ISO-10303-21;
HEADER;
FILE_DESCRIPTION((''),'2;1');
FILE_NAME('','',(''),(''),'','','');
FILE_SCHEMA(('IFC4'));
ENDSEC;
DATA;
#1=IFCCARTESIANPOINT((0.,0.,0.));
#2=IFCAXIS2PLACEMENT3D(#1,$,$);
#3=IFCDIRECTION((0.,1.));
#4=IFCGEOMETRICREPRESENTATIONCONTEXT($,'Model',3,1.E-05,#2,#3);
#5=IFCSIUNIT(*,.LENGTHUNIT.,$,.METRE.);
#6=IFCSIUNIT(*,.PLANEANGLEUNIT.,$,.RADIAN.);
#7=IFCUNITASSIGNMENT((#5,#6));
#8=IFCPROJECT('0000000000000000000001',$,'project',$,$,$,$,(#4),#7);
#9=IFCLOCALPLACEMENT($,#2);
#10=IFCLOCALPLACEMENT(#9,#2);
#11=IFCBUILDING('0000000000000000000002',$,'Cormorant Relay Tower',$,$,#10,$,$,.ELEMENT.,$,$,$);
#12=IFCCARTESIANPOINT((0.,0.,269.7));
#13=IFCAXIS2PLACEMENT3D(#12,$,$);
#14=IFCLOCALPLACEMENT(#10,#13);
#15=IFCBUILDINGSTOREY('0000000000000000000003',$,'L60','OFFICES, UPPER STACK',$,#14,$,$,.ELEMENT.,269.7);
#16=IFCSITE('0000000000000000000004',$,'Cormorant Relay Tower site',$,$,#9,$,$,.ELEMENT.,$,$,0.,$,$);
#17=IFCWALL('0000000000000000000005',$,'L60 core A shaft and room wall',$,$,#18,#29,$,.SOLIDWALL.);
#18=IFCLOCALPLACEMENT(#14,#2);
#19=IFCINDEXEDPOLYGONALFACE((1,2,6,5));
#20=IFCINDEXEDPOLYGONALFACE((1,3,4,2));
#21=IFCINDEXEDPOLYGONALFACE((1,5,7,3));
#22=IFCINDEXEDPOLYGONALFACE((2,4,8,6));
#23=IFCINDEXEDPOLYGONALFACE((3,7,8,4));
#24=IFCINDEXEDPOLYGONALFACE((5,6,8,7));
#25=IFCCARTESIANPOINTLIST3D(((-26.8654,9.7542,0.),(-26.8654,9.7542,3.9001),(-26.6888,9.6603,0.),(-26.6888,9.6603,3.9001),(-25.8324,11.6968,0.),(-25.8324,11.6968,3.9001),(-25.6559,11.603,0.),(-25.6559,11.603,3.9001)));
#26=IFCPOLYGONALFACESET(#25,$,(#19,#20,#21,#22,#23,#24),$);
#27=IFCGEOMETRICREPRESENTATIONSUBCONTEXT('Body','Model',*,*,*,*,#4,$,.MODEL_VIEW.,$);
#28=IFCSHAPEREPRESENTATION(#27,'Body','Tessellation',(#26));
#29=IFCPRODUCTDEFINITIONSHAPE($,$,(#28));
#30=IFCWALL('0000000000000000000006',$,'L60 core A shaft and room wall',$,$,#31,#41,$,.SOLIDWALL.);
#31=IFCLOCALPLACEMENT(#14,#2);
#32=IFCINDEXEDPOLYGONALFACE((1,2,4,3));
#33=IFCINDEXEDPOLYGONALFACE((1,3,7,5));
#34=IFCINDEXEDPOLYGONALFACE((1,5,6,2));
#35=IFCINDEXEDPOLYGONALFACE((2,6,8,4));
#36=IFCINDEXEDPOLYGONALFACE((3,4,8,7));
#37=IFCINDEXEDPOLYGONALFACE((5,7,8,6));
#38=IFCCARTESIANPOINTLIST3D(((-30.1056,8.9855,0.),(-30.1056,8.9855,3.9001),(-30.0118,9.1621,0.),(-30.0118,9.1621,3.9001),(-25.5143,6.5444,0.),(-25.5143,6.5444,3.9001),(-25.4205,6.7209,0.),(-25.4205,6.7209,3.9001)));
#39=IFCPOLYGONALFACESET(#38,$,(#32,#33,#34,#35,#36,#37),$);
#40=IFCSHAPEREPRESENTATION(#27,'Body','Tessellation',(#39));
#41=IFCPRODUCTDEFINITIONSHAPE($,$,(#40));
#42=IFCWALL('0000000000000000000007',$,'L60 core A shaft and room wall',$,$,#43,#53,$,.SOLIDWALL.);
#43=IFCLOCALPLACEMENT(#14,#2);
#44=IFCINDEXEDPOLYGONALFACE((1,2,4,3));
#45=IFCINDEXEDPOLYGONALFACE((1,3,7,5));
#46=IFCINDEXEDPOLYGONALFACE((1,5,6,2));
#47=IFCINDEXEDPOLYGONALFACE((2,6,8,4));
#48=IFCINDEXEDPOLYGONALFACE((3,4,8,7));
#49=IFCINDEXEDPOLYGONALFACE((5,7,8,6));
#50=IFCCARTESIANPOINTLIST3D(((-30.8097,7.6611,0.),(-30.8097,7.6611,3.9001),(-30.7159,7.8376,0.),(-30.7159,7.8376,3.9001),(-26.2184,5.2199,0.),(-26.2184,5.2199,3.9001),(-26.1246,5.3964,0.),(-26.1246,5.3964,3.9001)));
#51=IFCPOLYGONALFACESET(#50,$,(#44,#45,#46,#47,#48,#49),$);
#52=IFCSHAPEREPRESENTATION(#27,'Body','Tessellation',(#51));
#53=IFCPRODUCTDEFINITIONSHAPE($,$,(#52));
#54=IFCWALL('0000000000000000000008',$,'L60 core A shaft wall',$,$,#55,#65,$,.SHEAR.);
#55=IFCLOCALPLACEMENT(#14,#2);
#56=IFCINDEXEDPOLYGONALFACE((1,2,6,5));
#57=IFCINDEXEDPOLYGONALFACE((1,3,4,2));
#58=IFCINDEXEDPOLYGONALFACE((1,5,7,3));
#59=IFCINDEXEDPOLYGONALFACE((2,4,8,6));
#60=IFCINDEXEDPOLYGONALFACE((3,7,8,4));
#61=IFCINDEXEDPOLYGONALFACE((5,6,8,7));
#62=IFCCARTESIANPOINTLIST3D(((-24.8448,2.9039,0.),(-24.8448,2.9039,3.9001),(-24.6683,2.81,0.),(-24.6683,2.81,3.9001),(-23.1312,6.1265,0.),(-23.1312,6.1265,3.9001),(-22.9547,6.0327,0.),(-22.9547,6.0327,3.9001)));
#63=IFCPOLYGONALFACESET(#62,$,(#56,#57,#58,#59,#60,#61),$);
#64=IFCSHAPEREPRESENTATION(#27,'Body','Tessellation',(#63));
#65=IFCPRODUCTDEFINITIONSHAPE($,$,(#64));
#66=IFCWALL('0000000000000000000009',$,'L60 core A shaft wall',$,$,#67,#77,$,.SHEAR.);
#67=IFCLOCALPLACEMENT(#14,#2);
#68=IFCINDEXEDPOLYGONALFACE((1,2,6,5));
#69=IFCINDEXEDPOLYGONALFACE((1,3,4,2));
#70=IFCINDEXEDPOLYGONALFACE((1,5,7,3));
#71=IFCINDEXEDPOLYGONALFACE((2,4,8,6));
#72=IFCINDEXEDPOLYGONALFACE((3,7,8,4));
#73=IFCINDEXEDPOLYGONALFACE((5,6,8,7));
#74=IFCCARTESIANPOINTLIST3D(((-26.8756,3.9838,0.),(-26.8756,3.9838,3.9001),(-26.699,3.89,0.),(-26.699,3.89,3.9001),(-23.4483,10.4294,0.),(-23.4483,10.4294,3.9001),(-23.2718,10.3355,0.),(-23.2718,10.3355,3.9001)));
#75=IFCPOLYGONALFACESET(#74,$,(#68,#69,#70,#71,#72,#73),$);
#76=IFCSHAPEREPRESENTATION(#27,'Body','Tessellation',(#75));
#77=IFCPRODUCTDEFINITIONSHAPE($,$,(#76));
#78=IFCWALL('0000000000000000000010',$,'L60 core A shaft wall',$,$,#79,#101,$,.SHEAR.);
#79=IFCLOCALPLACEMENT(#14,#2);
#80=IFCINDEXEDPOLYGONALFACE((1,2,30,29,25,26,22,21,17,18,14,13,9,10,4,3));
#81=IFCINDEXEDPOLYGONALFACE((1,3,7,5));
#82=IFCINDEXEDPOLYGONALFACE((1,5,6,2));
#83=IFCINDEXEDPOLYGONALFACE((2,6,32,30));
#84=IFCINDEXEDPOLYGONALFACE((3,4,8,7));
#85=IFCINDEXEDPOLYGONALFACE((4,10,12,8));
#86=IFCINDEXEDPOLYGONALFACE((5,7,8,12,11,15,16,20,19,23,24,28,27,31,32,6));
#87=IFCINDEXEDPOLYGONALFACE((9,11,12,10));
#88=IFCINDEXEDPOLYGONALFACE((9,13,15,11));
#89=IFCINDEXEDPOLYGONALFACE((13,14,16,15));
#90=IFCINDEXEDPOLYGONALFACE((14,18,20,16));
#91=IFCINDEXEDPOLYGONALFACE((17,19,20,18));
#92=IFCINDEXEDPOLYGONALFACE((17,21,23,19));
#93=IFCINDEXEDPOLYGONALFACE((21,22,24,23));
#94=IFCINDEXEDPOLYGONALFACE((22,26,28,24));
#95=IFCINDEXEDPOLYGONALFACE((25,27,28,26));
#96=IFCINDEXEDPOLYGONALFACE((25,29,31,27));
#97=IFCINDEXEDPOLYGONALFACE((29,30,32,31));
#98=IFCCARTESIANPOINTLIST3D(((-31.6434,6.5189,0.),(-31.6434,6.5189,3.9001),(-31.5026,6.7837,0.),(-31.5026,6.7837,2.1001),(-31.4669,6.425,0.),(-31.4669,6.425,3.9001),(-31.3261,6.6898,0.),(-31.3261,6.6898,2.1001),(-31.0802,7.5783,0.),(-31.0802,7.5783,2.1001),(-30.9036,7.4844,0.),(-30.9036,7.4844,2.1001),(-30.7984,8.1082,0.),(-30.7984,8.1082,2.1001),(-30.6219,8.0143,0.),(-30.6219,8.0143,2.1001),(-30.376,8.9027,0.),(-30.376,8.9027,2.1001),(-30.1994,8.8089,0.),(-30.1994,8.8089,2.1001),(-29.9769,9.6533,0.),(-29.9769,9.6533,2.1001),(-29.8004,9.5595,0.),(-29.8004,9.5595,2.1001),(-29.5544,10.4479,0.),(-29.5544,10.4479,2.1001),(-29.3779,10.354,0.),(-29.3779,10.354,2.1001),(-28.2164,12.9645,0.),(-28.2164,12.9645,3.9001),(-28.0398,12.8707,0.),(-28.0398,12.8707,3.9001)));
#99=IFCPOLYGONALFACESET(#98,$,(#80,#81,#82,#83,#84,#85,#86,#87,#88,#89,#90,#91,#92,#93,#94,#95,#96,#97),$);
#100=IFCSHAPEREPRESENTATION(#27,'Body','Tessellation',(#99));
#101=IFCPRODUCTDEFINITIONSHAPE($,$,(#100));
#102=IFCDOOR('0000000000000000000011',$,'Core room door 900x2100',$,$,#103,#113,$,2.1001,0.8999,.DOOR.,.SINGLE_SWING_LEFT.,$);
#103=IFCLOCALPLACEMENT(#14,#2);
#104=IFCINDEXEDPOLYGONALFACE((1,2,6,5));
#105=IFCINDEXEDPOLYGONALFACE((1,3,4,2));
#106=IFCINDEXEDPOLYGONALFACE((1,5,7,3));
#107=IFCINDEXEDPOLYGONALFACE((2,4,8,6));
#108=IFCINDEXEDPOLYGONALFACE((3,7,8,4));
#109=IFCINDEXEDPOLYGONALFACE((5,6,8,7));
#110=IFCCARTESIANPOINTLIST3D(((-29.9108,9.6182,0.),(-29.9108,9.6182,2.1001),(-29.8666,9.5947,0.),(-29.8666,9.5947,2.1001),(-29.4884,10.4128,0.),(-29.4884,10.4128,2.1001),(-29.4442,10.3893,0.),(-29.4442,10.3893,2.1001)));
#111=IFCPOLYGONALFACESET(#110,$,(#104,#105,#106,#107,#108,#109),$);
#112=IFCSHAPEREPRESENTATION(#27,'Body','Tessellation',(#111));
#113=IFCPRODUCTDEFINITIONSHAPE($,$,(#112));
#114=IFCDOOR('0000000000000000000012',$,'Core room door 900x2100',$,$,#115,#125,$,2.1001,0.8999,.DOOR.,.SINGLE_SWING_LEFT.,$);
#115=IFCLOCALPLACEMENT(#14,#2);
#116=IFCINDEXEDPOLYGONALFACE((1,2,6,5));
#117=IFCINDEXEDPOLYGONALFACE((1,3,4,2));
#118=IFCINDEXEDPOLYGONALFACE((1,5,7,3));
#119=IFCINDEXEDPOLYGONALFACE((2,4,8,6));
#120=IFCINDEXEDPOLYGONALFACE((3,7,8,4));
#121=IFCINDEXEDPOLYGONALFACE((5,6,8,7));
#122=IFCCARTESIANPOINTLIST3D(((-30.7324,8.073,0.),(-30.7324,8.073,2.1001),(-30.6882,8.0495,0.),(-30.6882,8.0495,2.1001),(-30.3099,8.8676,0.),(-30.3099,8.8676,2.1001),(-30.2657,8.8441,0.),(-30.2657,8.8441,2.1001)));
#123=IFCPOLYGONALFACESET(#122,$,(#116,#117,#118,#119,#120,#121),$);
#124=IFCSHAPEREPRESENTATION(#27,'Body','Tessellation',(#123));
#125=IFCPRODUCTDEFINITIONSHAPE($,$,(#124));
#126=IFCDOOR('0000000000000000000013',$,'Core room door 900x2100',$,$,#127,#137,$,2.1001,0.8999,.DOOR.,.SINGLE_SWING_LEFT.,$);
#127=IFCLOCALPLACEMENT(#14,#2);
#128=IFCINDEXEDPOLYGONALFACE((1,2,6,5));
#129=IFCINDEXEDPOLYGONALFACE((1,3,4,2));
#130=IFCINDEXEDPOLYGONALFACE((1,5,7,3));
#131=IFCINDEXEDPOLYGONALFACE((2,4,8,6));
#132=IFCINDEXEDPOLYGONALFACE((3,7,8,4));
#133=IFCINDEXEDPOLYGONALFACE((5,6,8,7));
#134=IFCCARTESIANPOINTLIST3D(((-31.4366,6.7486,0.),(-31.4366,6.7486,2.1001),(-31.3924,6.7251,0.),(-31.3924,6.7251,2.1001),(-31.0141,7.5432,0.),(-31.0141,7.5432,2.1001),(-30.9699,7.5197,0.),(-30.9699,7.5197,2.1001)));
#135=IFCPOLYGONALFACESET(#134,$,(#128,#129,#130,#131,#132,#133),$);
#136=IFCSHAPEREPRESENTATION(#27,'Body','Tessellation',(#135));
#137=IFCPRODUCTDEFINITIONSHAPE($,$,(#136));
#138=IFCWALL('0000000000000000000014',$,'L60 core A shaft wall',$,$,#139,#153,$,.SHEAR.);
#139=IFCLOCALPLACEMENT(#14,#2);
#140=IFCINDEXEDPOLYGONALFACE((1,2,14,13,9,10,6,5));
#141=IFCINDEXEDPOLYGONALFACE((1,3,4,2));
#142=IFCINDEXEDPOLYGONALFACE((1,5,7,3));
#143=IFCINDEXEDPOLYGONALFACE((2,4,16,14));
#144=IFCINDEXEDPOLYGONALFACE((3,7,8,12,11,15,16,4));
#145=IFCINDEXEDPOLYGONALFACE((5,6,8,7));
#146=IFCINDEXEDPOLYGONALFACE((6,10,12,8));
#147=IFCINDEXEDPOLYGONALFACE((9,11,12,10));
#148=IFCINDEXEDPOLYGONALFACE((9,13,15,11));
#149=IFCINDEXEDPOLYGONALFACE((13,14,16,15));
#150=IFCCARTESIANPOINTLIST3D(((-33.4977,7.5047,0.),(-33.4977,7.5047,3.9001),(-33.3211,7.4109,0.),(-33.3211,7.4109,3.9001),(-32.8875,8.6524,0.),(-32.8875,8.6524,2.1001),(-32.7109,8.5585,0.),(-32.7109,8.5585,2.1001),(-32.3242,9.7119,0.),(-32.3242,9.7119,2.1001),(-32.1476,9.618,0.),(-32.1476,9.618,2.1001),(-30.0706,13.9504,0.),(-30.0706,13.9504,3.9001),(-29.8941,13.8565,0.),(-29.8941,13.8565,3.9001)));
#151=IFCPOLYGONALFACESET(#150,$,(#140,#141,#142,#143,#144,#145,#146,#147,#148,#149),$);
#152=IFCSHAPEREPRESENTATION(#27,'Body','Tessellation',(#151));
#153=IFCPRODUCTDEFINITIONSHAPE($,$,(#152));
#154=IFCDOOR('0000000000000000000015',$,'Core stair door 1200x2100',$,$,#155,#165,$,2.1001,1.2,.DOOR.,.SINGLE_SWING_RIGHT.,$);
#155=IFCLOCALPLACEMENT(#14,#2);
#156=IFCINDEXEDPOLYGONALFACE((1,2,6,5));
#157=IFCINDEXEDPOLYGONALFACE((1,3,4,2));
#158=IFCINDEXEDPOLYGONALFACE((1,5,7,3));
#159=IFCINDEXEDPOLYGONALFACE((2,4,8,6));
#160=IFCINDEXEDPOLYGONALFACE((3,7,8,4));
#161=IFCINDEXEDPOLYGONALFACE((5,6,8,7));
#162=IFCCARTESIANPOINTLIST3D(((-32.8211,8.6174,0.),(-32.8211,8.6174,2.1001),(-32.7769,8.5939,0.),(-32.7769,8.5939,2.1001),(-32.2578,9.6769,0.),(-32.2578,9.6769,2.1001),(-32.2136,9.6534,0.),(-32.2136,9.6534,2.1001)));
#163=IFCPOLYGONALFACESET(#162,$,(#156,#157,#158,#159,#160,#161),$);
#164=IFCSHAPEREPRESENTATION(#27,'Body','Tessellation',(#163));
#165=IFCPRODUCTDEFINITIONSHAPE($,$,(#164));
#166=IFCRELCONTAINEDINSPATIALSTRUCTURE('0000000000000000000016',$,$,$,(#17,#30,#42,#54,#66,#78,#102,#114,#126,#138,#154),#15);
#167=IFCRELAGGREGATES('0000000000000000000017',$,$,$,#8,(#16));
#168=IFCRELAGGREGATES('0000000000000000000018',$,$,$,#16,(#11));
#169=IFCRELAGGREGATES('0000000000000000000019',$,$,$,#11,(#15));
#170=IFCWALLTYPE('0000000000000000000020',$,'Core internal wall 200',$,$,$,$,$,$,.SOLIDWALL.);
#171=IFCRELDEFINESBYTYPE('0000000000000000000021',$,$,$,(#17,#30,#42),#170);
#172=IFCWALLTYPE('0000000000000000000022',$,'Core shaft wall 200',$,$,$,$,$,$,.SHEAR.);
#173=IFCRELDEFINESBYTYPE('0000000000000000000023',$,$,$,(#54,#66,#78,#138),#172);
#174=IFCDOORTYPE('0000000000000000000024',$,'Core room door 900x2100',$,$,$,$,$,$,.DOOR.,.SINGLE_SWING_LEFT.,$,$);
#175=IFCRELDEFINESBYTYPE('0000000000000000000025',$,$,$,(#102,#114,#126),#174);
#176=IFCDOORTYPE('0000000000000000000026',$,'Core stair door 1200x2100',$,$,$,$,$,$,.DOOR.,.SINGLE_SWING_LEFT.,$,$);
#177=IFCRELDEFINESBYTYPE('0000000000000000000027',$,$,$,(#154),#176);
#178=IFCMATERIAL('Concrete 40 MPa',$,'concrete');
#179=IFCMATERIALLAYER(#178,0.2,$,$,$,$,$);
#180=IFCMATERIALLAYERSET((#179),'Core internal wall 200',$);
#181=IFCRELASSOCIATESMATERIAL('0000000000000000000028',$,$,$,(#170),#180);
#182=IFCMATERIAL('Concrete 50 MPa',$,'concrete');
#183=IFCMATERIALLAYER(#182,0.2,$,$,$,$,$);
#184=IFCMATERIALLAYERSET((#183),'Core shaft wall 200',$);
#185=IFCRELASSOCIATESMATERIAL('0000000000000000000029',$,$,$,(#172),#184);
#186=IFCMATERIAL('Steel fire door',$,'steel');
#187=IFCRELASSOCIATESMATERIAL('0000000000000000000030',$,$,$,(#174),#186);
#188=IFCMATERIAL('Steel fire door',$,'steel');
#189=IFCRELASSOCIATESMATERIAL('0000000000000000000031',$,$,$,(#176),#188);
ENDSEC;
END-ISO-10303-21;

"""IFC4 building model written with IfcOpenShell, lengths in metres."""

from ifc_helpers import new_model, si_unit, direction, frame, frame_2d, origin, place, context, subcontext, project, spatial, rectangle, extrude, material, layer, layer_set, type_object, element, fill, save


model = new_model("IFC4")

# Units and contexts
model_context = context("Model", 3, precision=1e-05, world=origin(), true_north=direction((0.0, 1.0)))
body_context = subcontext(model_context, "Body", "Model", "MODEL_VIEW")
ifc_project = project(units=[si_unit("LENGTHUNIT", "METRE"), si_unit("PLANEANGLEUNIT", "RADIAN")], contexts=[model_context])

# Site, building, storey
site_placement = place(None, origin())
site = spatial("IfcSite", under=ifc_project, at=site_placement, Name="Cormorant Relay Tower site", CompositionType="ELEMENT", RefElevation=0.0)
building_placement = place(site_placement, origin())
building = spatial("IfcBuilding", under=site, at=building_placement, Name="Cormorant Relay Tower", CompositionType="ELEMENT")
storey_placement = place(building_placement, frame((0.0, 0.0, 269.7)))
storey = spatial("IfcBuildingStorey", under=building, at=storey_placement, Name="L60", Description="OFFICES, UPPER STACK", CompositionType="ELEMENT", Elevation=269.7)

# Walls
ifc_material_1 = material(Name="Concrete 40 MPa", Category="concrete")
ifc_layer_1 = layer(ifc_material_1, 0.2)
ifc_layer_set_1 = layer_set([ifc_layer_1], Name="Core internal wall 200")
wall_type_1 = type_object("IfcWallType", Name="Core internal wall 200", PredefinedType="SOLIDWALL", material=ifc_layer_set_1)
wall_1_placement = place(storey_placement, frame((-25.7441, 11.6499, 0.0), z_axis=(0.0, 0.0, 1.0), x_axis=(-0.469488, -0.882939, 0.0)))
element("IfcWall", 1, at=wall_1_placement, inside=storey, type_object=wall_type_1, Name="L60 core A shaft and room wall", PredefinedType="SOLIDWALL", context=body_context, shape_type="SweptSolid", body=[
    extrude(rectangle(XDim=2.2002, YDim=0.2, at=frame_2d((1.1001, 0.0))), origin(), (0.0, 0.0, 1.0), 3.9001),
])
for number, where, z_axis, x_axis, name in (
    (2, (-25.4673, 6.6326, 0.0), (0.0, 0.0, 1.0), (-0.882954, 0.46946, 0.0), "L60 core A shaft and room wall"),
    (3, (-26.1714, 5.3081, 0.0), (0.0, 0.0, 1.0), (-0.882954, 0.46946, 0.0), "L60 core A shaft and room wall"),
):
    element("IfcWall", number, at=place(storey_placement, frame(where, z_axis=z_axis, x_axis=x_axis)), inside=storey, type_object=wall_type_1, Name=name, PredefinedType="SOLIDWALL", context=body_context, shape_type="SweptSolid", body=[
        extrude(rectangle(XDim=5.2, YDim=0.2, at=frame_2d((2.6001, 0.0))), origin(), (0.0, 0.0, 1.0), 3.9001),
    ])
ifc_material_2 = material(Name="Concrete 50 MPa", Category="concrete")
ifc_layer_2 = layer(ifc_material_2, 0.2)
ifc_layer_set_2 = layer_set([ifc_layer_2], Name="Core shaft wall 200")
wall_type_2 = type_object("IfcWallType", Name="Core shaft wall 200", PredefinedType="SHEAR", material=ifc_layer_set_2)
wall_2_placement = place(storey_placement, frame((-23.043, 6.0796, 0.0), z_axis=(0.0, 0.0, 1.0), x_axis=(-0.469494, -0.882936, 0.0)))
element("IfcWall", 4, at=wall_2_placement, inside=storey, type_object=wall_type_2, Name="L60 core A shaft wall", PredefinedType="SHEAR", context=body_context, shape_type="SweptSolid", body=[
    extrude(rectangle(XDim=3.6499, YDim=0.2, at=frame_2d((1.825, 0.0))), origin(), (0.0, 0.0, 1.0), 3.9001),
])
wall_3_placement = place(storey_placement, frame((-23.3601, 10.3823, 0.0), z_axis=(0.0, 0.0, 1.0), x_axis=(-0.46948, -0.882943, 0.0)))
element("IfcWall", 5, at=wall_3_placement, inside=storey, type_object=wall_type_2, Name="L60 core A shaft wall", PredefinedType="SHEAR", context=body_context, shape_type="SweptSolid", body=[
    extrude(rectangle(XDim=7.3, YDim=0.2, at=frame_2d((3.6499, 0.0))), origin(), (0.0, 0.0, 1.0), 3.9001),
])

# Wall, openings, doors
wall_4_placement = place(storey_placement, frame((-28.1282, 12.9175, 0.0), z_axis=(0.0, 0.0, 1.0), x_axis=(-0.469454, -0.882957, 0.0)))
wall_4 = element("IfcWall", 6, at=wall_4_placement, inside=storey, type_object=wall_type_2, Name="L60 core A shaft wall", PredefinedType="SHEAR", context=body_context, shape_type="SweptSolid", body=[
    extrude(rectangle(XDim=7.3, YDim=0.2, at=frame_2d((3.6499, 0.0))), origin(), (0.0, 0.0, 1.0), 3.9001),
])
opening_1_placement = place(wall_4_placement, frame((2.8501, 0.0, 0.0)))
opening_1 = element("IfcOpeningElement", 7, at=opening_1_placement, cuts=wall_4, PredefinedType="OPENING", context=body_context, shape_type="SweptSolid", body=[
    extrude(rectangle(XDim=0.8999, YDim=2.1001, at=frame_2d((0.45, 1.05))), frame((0.0, 0.1099, 0.0), z_axis=(0.0, -1.0, 0.0), x_axis=(1.0, 0.0, 0.0)), (0.0, 0.0, 1.0), 0.22),
])
opening_2_placement = place(wall_4_placement, frame((4.6001, 0.0, 0.0)))
opening_2 = element("IfcOpeningElement", 8, at=opening_2_placement, cuts=wall_4, PredefinedType="OPENING", context=body_context, shape_type="SweptSolid", body=[
    extrude(rectangle(XDim=0.8999, YDim=2.1001, at=frame_2d((0.45, 1.05))), frame((0.0, 0.1099, 0.0), z_axis=(0.0, -1.0, 0.0), x_axis=(1.0, 0.0, 0.0)), (0.0, 0.0, 1.0), 0.22),
])
opening_3_placement = place(wall_4_placement, frame((6.1001, 0.0, 0.0)))
opening_3 = element("IfcOpeningElement", 9, at=opening_3_placement, cuts=wall_4, PredefinedType="OPENING", context=body_context, shape_type="SweptSolid", body=[
    extrude(rectangle(XDim=0.8999, YDim=2.1001, at=frame_2d((0.45, 1.05))), frame((0.0, 0.1099, 0.0), z_axis=(0.0, -1.0, 0.0), x_axis=(1.0, 0.0, 0.0)), (0.0, 0.0, 1.0), 0.22),
])
ifc_material_3 = material(Name="Steel fire door", Category="steel")
door_type_1 = type_object("IfcDoorType", Name="Core room door 900x2100", OperationType="SINGLE_SWING_LEFT", PredefinedType="DOOR", material=ifc_material_3)
door_1_placement = place(opening_1_placement, origin())
door_1 = element("IfcDoor", 10, at=door_1_placement, inside=storey, type_object=door_type_1, Name="Core room door 900x2100", OperationType="SINGLE_SWING_LEFT", OverallHeight=2.1001, OverallWidth=0.8999, PredefinedType="DOOR", context=body_context, shape_type="SweptSolid", body=[
    extrude(rectangle(XDim=0.8999, YDim=2.1001, at=frame_2d((0.45, 1.05))), frame((0.0, 0.0249, 0.0), z_axis=(0.0, -1.0, 0.0), x_axis=(1.0, 0.0, 0.0)), (0.0, 0.0, 1.0), 0.05),
])
fill(opening_1, door_1)
door_2_placement = place(opening_2_placement, origin())
door_2 = element("IfcDoor", 11, at=door_2_placement, inside=storey, type_object=door_type_1, Name="Core room door 900x2100", OperationType="SINGLE_SWING_LEFT", OverallHeight=2.1001, OverallWidth=0.8999, PredefinedType="DOOR", context=body_context, shape_type="SweptSolid", body=[
    extrude(rectangle(XDim=0.8999, YDim=2.1001, at=frame_2d((0.45, 1.05))), frame((0.0, 0.0249, 0.0), z_axis=(0.0, -1.0, 0.0), x_axis=(1.0, 0.0, 0.0)), (0.0, 0.0, 1.0), 0.05),
])
fill(opening_2, door_2)
door_3_placement = place(opening_3_placement, origin())
door_3 = element("IfcDoor", 12, at=door_3_placement, inside=storey, type_object=door_type_1, Name="Core room door 900x2100", OperationType="SINGLE_SWING_LEFT", OverallHeight=2.1001, OverallWidth=0.8999, PredefinedType="DOOR", context=body_context, shape_type="SweptSolid", body=[
    extrude(rectangle(XDim=0.8999, YDim=2.1001, at=frame_2d((0.45, 1.05))), frame((0.0, 0.0249, 0.0), z_axis=(0.0, -1.0, 0.0), x_axis=(1.0, 0.0, 0.0)), (0.0, 0.0, 1.0), 0.05),
])
fill(opening_3, door_3)

# Wall, opening, door
wall_5_placement = place(storey_placement, frame((-29.9824, 13.9033, 0.0), z_axis=(0.0, 0.0, 1.0), x_axis=(-0.469454, -0.882957, 0.0)))
wall_5 = element("IfcWall", 13, at=wall_5_placement, inside=storey, type_object=wall_type_2, Name="L60 core A shaft wall", PredefinedType="SHEAR", context=body_context, shape_type="SweptSolid", body=[
    extrude(rectangle(XDim=7.3, YDim=0.2, at=frame_2d((3.6499, 0.0))), origin(), (0.0, 0.0, 1.0), 3.9001),
])
opening_4_placement = place(wall_5_placement, frame((4.8, 0.0, 0.0)))
opening_4 = element("IfcOpeningElement", 14, at=opening_4_placement, cuts=wall_5, PredefinedType="OPENING", context=body_context, shape_type="SweptSolid", body=[
    extrude(rectangle(XDim=1.2, YDim=2.1001, at=frame_2d((0.6001, 1.05))), frame((0.0, 0.1099, 0.0), z_axis=(0.0, -1.0, 0.0), x_axis=(1.0, 0.0, 0.0)), (0.0, 0.0, 1.0), 0.22),
])
ifc_material_4 = material(Name="Steel fire door", Category="steel")
door_type_2 = type_object("IfcDoorType", Name="Core stair door 1200x2100", OperationType="SINGLE_SWING_LEFT", PredefinedType="DOOR", material=ifc_material_4)
door_4_placement = place(opening_4_placement, frame((1.2, 0.0, 0.0), z_axis=(0.0, 0.0, 1.0), x_axis=(-1.0, 0.0, 0.0)))
door_4 = element("IfcDoor", 15, at=door_4_placement, inside=storey, type_object=door_type_2, Name="Core stair door 1200x2100", OperationType="SINGLE_SWING_RIGHT", OverallHeight=2.1001, OverallWidth=1.2, PredefinedType="DOOR", context=body_context, shape_type="SweptSolid", body=[
    extrude(rectangle(XDim=1.2, YDim=2.1001, at=frame_2d((0.6001, 1.05))), frame((0.0, 0.0249, 0.0), z_axis=(0.0, -1.0, 0.0), x_axis=(1.0, 0.0, 0.0)), (0.0, 0.0, 1.0), 0.05),
])
fill(opening_4, door_4)

save(model, "model.ifc")
